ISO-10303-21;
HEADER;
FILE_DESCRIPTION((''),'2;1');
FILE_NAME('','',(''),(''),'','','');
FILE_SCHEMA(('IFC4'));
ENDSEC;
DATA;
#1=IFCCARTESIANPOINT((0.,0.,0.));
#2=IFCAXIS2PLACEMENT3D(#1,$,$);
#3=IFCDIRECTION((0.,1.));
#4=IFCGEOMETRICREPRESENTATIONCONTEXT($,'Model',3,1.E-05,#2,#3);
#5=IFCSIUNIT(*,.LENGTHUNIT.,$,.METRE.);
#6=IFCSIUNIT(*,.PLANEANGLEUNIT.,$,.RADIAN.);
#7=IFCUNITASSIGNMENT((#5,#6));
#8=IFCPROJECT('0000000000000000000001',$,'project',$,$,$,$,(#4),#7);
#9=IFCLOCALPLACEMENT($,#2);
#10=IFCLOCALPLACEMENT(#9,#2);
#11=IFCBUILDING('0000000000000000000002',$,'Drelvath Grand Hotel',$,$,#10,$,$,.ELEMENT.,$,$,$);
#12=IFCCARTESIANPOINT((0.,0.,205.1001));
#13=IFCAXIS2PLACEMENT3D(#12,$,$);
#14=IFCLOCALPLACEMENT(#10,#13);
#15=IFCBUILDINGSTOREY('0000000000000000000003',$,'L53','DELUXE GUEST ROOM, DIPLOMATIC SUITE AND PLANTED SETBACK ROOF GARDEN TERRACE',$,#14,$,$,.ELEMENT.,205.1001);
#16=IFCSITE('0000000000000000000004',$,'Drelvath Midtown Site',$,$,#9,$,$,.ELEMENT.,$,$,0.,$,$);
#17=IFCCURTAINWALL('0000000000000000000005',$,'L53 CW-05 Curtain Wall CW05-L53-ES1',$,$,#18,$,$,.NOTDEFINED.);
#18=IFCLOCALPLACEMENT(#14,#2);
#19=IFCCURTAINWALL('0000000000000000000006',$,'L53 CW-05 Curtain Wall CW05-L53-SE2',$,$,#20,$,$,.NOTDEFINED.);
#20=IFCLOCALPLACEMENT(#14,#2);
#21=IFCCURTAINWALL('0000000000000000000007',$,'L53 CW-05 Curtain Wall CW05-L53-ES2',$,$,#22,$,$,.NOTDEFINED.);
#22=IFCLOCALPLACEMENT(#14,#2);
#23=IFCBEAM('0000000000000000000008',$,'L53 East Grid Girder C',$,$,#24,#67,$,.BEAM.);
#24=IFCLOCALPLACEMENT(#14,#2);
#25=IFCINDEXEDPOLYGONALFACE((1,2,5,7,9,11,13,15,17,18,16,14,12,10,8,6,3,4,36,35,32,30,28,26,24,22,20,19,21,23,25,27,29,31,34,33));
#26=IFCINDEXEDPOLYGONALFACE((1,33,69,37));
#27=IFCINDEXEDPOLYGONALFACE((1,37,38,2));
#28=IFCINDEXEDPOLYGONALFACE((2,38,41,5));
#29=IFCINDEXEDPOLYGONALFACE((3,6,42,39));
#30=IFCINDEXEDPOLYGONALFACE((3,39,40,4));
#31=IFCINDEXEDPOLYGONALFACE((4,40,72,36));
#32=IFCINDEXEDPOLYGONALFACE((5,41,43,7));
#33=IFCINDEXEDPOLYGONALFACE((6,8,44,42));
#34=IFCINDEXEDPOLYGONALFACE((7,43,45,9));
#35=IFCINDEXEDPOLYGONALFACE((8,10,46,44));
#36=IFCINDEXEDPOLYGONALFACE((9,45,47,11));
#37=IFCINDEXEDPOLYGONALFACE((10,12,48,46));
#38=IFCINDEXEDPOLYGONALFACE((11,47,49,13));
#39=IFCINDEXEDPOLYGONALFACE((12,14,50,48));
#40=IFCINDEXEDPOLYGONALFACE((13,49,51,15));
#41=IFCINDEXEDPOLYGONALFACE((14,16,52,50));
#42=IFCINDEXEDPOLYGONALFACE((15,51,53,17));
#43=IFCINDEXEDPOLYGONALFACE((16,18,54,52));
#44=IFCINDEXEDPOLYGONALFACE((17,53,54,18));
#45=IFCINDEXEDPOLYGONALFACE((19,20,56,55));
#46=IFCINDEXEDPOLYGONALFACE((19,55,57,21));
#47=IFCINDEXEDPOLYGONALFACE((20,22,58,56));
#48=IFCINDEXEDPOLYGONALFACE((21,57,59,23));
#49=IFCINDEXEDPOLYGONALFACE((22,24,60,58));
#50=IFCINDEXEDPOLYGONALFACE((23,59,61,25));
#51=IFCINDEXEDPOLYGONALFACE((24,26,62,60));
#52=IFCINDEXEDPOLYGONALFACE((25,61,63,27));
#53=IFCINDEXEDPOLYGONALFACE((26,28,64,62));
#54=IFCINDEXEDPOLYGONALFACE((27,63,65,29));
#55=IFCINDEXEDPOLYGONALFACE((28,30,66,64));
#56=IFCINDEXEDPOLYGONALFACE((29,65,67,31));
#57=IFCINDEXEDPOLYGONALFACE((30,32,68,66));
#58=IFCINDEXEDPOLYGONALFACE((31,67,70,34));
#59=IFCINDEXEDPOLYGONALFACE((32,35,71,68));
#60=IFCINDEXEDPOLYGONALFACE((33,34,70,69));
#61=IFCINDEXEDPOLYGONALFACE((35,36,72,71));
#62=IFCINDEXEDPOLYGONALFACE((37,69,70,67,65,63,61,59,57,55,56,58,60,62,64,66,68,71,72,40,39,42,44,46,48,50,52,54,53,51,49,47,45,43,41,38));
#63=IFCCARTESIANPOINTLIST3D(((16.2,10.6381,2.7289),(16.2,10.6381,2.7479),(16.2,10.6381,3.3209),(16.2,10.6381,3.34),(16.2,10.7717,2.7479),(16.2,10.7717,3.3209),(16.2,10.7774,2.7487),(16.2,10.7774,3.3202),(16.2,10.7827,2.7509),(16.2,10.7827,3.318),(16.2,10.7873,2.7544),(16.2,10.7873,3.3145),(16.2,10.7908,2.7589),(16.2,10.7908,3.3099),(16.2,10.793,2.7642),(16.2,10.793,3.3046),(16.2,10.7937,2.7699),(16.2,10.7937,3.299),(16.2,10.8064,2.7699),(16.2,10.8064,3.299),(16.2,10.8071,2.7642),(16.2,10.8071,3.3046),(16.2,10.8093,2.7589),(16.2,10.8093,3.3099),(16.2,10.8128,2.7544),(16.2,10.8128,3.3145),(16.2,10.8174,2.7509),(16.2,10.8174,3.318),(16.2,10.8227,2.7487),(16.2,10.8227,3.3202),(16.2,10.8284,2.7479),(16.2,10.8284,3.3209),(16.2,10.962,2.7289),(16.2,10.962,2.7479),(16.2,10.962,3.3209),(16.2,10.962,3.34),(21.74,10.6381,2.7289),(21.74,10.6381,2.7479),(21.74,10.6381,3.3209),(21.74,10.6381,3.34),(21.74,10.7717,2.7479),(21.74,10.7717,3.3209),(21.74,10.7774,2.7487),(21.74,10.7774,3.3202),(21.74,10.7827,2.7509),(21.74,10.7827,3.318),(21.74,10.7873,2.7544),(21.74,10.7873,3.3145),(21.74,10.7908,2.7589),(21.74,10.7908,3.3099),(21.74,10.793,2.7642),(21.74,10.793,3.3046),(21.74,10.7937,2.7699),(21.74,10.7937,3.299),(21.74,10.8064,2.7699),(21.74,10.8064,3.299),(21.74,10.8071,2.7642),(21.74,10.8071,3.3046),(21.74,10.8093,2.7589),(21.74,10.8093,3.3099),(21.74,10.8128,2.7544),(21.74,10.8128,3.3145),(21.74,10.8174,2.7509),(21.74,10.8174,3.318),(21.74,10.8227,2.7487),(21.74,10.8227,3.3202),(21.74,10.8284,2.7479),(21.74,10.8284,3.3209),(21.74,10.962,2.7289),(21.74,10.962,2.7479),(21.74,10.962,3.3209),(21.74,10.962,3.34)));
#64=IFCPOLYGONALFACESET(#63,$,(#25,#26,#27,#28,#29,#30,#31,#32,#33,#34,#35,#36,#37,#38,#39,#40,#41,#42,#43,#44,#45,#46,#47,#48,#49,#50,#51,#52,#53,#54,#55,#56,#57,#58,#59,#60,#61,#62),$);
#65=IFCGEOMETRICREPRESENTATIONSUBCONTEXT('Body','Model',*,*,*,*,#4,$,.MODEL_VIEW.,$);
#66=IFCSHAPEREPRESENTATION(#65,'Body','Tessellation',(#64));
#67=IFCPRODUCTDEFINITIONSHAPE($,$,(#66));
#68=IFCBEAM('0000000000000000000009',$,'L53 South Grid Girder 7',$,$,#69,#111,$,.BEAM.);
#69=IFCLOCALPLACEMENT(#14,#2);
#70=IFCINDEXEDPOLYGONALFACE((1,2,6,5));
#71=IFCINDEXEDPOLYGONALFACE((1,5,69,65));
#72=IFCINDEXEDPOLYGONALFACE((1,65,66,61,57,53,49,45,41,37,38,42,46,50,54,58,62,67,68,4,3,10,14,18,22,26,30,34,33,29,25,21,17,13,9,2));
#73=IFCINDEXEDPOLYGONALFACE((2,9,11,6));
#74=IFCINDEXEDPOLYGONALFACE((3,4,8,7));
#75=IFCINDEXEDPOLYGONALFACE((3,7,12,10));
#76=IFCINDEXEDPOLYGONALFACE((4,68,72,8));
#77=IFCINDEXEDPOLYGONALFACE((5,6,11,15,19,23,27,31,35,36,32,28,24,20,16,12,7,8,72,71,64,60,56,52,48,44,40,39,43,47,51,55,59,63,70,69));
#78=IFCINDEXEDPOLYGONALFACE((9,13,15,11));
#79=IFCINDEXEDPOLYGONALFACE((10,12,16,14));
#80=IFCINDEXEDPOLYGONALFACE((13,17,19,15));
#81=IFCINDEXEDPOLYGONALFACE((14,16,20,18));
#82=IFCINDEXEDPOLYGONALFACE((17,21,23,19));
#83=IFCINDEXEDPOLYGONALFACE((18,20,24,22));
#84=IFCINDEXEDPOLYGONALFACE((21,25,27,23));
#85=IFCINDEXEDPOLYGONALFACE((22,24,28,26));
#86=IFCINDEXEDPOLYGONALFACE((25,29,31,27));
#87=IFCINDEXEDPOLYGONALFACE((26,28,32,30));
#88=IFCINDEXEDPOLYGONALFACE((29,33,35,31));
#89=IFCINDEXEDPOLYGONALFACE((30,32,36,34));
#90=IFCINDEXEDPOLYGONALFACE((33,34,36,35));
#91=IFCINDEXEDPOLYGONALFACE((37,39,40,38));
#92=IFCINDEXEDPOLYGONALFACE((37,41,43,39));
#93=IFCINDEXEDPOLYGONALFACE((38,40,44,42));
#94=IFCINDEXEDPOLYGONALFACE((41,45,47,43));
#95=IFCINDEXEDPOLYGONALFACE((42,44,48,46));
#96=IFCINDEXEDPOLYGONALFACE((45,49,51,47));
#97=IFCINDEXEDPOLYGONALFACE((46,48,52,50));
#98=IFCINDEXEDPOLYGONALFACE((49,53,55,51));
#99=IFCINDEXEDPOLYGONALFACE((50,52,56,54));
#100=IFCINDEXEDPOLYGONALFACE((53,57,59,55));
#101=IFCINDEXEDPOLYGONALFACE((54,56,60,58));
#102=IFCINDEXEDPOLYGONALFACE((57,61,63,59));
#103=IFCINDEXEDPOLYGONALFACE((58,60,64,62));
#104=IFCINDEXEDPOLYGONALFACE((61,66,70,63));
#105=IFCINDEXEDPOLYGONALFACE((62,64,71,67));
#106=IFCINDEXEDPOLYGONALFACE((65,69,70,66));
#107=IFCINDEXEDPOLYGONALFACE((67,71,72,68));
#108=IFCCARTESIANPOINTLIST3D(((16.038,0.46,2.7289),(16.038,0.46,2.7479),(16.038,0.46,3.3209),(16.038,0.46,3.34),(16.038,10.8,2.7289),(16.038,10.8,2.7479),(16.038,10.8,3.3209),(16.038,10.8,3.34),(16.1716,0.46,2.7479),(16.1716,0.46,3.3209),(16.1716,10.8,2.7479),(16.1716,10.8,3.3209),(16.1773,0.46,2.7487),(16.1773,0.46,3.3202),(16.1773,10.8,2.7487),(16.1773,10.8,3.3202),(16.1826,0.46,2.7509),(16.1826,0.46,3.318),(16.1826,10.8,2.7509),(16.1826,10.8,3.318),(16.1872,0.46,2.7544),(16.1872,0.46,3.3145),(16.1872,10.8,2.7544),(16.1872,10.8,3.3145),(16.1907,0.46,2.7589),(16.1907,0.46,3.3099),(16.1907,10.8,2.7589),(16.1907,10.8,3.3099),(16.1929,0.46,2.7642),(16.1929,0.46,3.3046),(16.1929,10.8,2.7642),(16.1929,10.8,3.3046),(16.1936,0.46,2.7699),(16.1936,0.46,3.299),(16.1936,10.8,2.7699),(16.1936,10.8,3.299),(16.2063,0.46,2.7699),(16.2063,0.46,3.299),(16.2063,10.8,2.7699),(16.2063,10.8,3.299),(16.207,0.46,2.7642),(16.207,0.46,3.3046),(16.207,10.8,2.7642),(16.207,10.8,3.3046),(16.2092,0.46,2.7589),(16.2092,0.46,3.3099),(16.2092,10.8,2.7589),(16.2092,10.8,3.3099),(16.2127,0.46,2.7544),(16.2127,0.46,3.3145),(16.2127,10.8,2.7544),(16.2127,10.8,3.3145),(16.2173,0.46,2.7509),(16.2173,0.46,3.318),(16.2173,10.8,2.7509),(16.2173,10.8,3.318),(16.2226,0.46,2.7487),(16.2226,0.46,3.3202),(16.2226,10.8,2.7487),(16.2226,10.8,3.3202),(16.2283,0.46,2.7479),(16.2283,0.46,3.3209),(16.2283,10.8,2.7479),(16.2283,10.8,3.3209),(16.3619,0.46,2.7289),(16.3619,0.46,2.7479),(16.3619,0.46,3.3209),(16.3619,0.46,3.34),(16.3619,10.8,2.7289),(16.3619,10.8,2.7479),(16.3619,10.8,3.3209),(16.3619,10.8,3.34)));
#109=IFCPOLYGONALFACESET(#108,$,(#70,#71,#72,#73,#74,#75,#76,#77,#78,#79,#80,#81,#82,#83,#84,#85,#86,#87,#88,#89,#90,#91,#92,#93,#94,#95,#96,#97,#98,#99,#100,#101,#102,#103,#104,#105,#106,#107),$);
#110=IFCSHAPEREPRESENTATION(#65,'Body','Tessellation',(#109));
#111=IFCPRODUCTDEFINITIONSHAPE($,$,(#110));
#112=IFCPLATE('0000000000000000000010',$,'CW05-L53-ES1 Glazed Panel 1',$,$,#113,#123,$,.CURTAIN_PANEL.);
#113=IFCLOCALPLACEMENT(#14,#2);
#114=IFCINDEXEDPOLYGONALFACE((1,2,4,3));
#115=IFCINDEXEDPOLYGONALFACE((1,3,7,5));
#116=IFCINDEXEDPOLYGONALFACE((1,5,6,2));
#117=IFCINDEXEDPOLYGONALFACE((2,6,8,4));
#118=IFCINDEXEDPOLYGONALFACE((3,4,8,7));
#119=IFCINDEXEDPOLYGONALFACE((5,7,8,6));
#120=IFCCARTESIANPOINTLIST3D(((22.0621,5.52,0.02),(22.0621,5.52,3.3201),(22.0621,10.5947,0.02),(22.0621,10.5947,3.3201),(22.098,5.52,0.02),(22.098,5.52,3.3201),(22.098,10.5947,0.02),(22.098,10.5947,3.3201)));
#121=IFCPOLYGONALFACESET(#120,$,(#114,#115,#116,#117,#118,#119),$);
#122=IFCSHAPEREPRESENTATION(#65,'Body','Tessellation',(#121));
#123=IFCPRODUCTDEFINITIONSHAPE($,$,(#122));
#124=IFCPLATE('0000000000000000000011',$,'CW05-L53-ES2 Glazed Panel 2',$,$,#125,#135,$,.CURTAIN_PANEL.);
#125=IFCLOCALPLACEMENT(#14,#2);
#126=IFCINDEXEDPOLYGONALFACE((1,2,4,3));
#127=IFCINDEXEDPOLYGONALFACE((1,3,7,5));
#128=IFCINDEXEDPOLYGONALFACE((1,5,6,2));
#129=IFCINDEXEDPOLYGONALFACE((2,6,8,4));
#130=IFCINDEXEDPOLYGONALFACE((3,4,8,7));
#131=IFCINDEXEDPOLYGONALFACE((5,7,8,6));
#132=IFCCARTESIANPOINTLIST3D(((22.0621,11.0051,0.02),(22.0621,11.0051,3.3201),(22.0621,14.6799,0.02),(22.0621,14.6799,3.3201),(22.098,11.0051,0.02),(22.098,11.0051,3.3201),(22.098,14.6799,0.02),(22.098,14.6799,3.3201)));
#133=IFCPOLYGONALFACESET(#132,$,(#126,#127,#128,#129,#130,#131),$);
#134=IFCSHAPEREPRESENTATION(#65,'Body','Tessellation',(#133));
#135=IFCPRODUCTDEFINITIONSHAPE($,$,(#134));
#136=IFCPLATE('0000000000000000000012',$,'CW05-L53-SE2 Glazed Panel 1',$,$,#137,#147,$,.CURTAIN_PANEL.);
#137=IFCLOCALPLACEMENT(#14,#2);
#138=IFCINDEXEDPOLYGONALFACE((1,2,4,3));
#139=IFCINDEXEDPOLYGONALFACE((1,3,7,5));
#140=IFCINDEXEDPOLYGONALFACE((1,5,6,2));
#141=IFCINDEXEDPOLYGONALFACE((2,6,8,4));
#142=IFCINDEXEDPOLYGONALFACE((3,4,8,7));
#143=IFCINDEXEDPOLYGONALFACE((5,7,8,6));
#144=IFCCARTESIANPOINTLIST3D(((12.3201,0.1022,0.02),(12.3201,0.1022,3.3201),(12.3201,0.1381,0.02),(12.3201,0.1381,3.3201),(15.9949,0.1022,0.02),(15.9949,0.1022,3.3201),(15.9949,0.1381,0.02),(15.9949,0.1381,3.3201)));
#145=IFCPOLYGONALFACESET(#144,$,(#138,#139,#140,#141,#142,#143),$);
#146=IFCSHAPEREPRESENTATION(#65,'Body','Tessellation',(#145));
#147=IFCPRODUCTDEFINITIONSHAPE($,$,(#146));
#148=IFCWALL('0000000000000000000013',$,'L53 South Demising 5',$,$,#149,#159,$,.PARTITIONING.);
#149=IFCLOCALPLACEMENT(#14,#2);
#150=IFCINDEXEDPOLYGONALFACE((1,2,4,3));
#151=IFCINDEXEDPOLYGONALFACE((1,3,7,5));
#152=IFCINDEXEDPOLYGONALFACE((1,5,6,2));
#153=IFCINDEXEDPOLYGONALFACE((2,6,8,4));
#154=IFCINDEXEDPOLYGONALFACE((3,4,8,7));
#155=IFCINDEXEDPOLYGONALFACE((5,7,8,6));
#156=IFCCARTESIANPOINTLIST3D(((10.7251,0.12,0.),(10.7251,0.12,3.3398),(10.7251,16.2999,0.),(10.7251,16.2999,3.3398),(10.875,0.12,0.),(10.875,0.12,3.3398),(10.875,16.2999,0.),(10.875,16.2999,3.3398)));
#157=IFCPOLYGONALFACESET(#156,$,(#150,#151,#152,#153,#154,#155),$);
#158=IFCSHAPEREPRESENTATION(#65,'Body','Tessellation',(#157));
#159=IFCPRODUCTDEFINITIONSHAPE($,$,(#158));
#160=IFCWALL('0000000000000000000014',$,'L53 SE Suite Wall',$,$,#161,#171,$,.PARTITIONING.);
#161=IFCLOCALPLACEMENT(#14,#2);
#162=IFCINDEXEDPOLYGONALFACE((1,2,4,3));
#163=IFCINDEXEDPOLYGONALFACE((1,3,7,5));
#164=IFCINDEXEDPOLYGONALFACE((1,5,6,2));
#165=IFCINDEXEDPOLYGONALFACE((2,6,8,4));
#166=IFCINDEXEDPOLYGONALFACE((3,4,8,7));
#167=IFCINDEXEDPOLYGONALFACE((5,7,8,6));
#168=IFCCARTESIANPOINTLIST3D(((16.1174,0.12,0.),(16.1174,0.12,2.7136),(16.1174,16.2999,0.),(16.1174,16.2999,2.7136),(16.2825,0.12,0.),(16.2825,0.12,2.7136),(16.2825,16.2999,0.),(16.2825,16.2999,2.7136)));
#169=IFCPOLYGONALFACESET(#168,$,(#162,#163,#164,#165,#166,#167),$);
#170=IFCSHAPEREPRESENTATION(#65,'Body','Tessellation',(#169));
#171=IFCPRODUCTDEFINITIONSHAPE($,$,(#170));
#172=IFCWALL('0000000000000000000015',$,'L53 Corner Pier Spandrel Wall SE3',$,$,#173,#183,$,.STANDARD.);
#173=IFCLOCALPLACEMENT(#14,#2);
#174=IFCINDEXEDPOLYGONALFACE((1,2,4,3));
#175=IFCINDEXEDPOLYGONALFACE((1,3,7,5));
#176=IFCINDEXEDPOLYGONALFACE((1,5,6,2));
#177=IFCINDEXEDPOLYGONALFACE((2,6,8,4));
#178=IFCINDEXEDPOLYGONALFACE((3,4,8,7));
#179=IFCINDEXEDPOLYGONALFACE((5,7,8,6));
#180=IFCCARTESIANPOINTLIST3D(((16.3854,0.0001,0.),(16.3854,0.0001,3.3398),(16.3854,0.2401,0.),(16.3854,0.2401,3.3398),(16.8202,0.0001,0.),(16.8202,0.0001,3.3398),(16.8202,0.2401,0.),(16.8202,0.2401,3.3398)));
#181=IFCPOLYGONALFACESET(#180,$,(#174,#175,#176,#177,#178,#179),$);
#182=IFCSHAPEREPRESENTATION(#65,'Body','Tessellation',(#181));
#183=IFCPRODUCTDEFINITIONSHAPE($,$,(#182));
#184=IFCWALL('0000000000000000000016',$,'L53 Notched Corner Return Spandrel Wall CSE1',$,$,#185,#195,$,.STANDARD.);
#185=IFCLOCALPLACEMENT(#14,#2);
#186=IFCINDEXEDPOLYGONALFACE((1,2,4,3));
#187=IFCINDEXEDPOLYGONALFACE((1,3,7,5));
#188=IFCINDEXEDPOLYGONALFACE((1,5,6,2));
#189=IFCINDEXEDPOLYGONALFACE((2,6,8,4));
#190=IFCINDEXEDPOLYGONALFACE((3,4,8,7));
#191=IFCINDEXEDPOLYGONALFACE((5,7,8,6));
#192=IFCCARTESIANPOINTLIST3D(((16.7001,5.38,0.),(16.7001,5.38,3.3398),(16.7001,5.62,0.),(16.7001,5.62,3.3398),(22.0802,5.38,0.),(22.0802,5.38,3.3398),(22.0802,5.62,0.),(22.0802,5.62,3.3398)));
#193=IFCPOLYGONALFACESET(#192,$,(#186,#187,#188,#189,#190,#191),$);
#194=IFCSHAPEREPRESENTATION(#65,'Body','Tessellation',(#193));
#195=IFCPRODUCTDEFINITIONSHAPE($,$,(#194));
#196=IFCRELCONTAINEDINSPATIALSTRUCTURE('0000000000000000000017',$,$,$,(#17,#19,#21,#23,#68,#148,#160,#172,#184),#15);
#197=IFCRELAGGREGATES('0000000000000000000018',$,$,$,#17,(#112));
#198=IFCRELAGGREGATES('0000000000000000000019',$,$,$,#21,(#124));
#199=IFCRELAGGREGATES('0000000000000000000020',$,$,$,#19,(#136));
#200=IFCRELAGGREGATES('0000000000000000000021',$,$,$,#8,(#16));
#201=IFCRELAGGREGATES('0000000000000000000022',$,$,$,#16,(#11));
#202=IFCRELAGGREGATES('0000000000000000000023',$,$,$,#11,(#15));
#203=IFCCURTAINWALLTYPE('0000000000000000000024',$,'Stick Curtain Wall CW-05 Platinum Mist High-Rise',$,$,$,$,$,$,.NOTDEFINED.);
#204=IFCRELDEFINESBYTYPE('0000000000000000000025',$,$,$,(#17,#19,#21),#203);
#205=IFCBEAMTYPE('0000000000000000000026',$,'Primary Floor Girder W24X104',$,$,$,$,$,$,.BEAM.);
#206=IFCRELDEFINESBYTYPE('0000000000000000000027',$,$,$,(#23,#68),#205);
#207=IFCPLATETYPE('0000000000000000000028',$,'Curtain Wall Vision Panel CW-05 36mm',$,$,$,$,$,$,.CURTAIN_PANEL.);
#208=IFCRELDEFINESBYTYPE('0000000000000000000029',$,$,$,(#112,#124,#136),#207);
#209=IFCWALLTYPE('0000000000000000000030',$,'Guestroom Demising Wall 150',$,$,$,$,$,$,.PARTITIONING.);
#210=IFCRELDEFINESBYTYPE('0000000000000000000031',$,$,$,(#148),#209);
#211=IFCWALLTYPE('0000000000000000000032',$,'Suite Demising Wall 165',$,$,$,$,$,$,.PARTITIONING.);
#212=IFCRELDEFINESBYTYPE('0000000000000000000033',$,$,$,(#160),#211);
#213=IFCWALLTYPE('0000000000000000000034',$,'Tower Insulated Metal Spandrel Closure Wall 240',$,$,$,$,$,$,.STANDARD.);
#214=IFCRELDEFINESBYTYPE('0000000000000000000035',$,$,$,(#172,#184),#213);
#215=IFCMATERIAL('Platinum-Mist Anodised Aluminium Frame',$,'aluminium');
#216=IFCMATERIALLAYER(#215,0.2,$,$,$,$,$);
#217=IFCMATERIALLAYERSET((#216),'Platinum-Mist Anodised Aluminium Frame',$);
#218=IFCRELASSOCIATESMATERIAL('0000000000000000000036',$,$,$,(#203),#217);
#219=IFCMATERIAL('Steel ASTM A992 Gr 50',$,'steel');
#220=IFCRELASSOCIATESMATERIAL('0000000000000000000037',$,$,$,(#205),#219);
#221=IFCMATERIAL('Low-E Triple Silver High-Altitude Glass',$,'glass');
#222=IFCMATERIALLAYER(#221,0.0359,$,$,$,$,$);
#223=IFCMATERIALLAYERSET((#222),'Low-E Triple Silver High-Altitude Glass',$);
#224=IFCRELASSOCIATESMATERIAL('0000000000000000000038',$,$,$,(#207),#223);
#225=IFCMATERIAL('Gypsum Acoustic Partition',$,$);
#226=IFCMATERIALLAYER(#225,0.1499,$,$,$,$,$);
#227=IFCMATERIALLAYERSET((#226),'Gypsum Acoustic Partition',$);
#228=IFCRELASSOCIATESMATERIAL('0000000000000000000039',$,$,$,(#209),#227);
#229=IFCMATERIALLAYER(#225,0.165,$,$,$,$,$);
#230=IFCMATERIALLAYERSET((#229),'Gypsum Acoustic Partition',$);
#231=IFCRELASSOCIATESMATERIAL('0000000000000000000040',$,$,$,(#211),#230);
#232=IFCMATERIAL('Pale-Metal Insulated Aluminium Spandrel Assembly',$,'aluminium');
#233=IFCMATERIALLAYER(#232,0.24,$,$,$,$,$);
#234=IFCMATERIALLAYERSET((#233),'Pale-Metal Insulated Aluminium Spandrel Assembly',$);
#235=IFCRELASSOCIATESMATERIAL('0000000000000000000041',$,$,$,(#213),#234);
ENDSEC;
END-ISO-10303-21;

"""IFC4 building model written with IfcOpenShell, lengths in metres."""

from ifc_helpers import new_model, si_unit, direction, frame, frame_2d, origin, origin_2d, place, context, subcontext, project, spatial, rectangle, i_section, extrude, material, layer, layer_set, material_profile, profile_set, type_object, element, aggregate, save


model = new_model("IFC4")

# Units and contexts
model_context = context("Model", 3, precision=1e-05, world=origin(), true_north=direction((0.0, 1.0)))
body_context = subcontext(model_context, "Body", "Model", "MODEL_VIEW")
ifc_project = project(units=[si_unit("LENGTHUNIT", "METRE"), si_unit("PLANEANGLEUNIT", "RADIAN")], contexts=[model_context])

# Site, building, storey
site_placement = place(None, origin())
site = spatial("IfcSite", under=ifc_project, at=site_placement, Name="Drelvath Midtown Site", CompositionType="ELEMENT", RefElevation=0.0)
building_placement = place(site_placement, origin())
building = spatial("IfcBuilding", under=site, at=building_placement, Name="Drelvath Grand Hotel", CompositionType="ELEMENT")
storey_placement = place(building_placement, frame((0.0, 0.0, 205.1001)))
storey = spatial("IfcBuildingStorey", under=building, at=storey_placement, Name="L53", Description="DELUXE GUEST ROOM, DIPLOMATIC SUITE AND PLANTED SETBACK ROOF GARDEN TERRACE", CompositionType="ELEMENT", Elevation=205.1001)

# Shared definitions
ifc_material_1 = material(Name="Steel ASTM A992 Gr 50", Category="steel")

# Curtain walls
ifc_material_2 = material(Name="Platinum-Mist Anodised Aluminium Frame", Category="aluminium")
ifc_layer_1 = layer(ifc_material_2, 0.2)
ifc_layer_set_1 = layer_set([ifc_layer_1], Name="Platinum-Mist Anodised Aluminium Frame")
curtain_wall_type = type_object("IfcCurtainWallType", Name="Stick Curtain Wall CW-05 Platinum Mist High-Rise", PredefinedType="NOTDEFINED", material=ifc_layer_set_1)
curtain_wall_1_placement = place(storey_placement, origin())
curtain_wall_1 = element("IfcCurtainWall", 1, at=curtain_wall_1_placement, inside=storey, type_object=curtain_wall_type, Name="L53 CW-05 Curtain Wall CW05-L53-ES1", PredefinedType="NOTDEFINED")
curtain_wall_2_placement = place(storey_placement, origin())
curtain_wall_2 = element("IfcCurtainWall", 2, at=curtain_wall_2_placement, inside=storey, type_object=curtain_wall_type, Name="L53 CW-05 Curtain Wall CW05-L53-SE2", PredefinedType="NOTDEFINED")

# Curtain wall
curtain_wall_3_placement = place(storey_placement, origin())
curtain_wall_3 = element("IfcCurtainWall", 3, at=curtain_wall_3_placement, inside=storey, type_object=curtain_wall_type, Name="L53 CW-05 Curtain Wall CW05-L53-ES2", PredefinedType="NOTDEFINED")

# Beams
ifc_material_profile_1 = material_profile(ifc_material_1, i_section(OverallWidth=0.324, OverallDepth=0.6111, WebThickness=0.0127, FlangeThickness=0.019, FilletRadius=0.022, at=origin_2d()), Name="W24X104")
ifc_profile_set_1 = profile_set([ifc_material_profile_1], Name="Steel ASTM A992 Gr 50")
beam_type_1 = type_object("IfcBeamType", Name="Primary Floor Girder W24X104", PredefinedType="BEAM", material=ifc_profile_set_1)
beam_1_placement = place(storey_placement, frame((16.2, 10.8, 3.0344), z_axis=(1.0, 0.0, 0.0), x_axis=(0.0, 1.0, 0.0)))
element("IfcBeam", 4, at=beam_1_placement, inside=storey, type_object=beam_type_1, Name="L53 East Grid Girder C", PredefinedType="BEAM", context=body_context, shape_type="SweptSolid", body=[
    extrude(i_section(OverallWidth=0.324, OverallDepth=0.6111, WebThickness=0.0127, FlangeThickness=0.019, FilletRadius=0.022, at=origin_2d()), origin(), (0.0, 0.0, 1.0), 5.54),
])
beam_2_placement = place(storey_placement, frame((16.2, 0.46, 3.0344), z_axis=(0.0, 1.0, 0.0), x_axis=(-1.0, 0.0, 0.0)))
element("IfcBeam", 5, at=beam_2_placement, inside=storey, type_object=beam_type_1, Name="L53 South Grid Girder 7", PredefinedType="BEAM", context=body_context, shape_type="SweptSolid", body=[
    extrude(i_section(OverallWidth=0.324, OverallDepth=0.6111, WebThickness=0.0127, FlangeThickness=0.019, FilletRadius=0.022, at=origin_2d()), origin(), (0.0, 0.0, 1.0), 10.3401),
])

# Plates
ifc_material_3 = material(Name="Low-E Triple Silver High-Altitude Glass", Category="glass")
ifc_layer_2 = layer(ifc_material_3, 0.0359)
ifc_layer_set_2 = layer_set([ifc_layer_2], Name="Low-E Triple Silver High-Altitude Glass")
plate_type = type_object("IfcPlateType", Name="Curtain Wall Vision Panel CW-05 36mm", PredefinedType="CURTAIN_PANEL", material=ifc_layer_set_2)
plate_1_placement = place(storey_placement, frame((22.0801, 8.0574, 0.02), z_axis=(0.0, 0.0, 1.0), x_axis=(0.0, -1.0, 0.0)))
plate_1 = element("IfcPlate", 6, at=plate_1_placement, type_object=plate_type, Name="CW05-L53-ES1 Glazed Panel 1", PredefinedType="CURTAIN_PANEL", context=body_context, shape_type="SweptSolid", body=[
    extrude(rectangle(XDim=5.0747, YDim=0.0359, at=origin_2d()), origin(), (0.0, 0.0, 1.0), 3.3),
])
aggregate(curtain_wall_1, [plate_1])
plate_2_placement = place(storey_placement, frame((22.0801, 12.8425, 0.02), z_axis=(0.0, 0.0, 1.0), x_axis=(0.0, -1.0, 0.0)))
plate_2 = element("IfcPlate", 7, at=plate_2_placement, type_object=plate_type, Name="CW05-L53-ES2 Glazed Panel 2", PredefinedType="CURTAIN_PANEL", context=body_context, shape_type="SweptSolid", body=[
    extrude(rectangle(XDim=3.6748, YDim=0.0359, at=origin_2d()), origin(), (0.0, 0.0, 1.0), 3.3),
])
aggregate(curtain_wall_3, [plate_2])
plate_3_placement = place(storey_placement, frame((14.1575, 0.1201, 0.02), z_axis=(0.0, 0.0, 1.0), x_axis=(-1.0, 0.0, 0.0)))
plate_3 = element("IfcPlate", 8, at=plate_3_placement, type_object=plate_type, Name="CW05-L53-SE2 Glazed Panel 1", PredefinedType="CURTAIN_PANEL", context=body_context, shape_type="SweptSolid", body=[
    extrude(rectangle(XDim=3.6748, YDim=0.0359, at=origin_2d()), origin(), (0.0, 0.0, 1.0), 3.3),
])
aggregate(curtain_wall_2, [plate_3])

# Walls
ifc_material_4 = material(Name="Gypsum Acoustic Partition")
ifc_layer_3 = layer(ifc_material_4, 0.1499)
ifc_layer_set_3 = layer_set([ifc_layer_3], Name="Gypsum Acoustic Partition")
wall_type_1 = type_object("IfcWallType", Name="Guestroom Demising Wall 150", PredefinedType="PARTITIONING", material=ifc_layer_set_3)
wall_1_placement = place(storey_placement, frame((10.8, 0.1201, 0.0), z_axis=(0.0, 0.0, 1.0), x_axis=(0.0, 1.0, 0.0)))
element("IfcWall", 9, at=wall_1_placement, inside=storey, type_object=wall_type_1, Name="L53 South Demising 5", PredefinedType="PARTITIONING", context=body_context, shape_type="SweptSolid", body=[
    extrude(rectangle(XDim=16.1799, YDim=0.1499, at=frame_2d((8.0898, 0.0))), origin(), (0.0, 0.0, 1.0), 3.3398),
])
ifc_layer_4 = layer(ifc_material_4, 0.165)
ifc_layer_set_4 = layer_set([ifc_layer_4], Name="Gypsum Acoustic Partition")
wall_type_2 = type_object("IfcWallType", Name="Suite Demising Wall 165", PredefinedType="PARTITIONING", material=ifc_layer_set_4)
wall_2_placement = place(storey_placement, frame((16.2, 0.1201, 0.0), z_axis=(0.0, 0.0, 1.0), x_axis=(0.0, 1.0, 0.0)))
element("IfcWall", 10, at=wall_2_placement, inside=storey, type_object=wall_type_2, Name="L53 SE Suite Wall", PredefinedType="PARTITIONING", context=body_context, shape_type="SweptSolid", body=[
    extrude(rectangle(XDim=16.1799, YDim=0.165, at=frame_2d((8.0898, 0.0))), origin(), (0.0, 0.0, 1.0), 2.7136),
])
ifc_material_5 = material(Name="Pale-Metal Insulated Aluminium Spandrel Assembly", Category="aluminium")
ifc_layer_5 = layer(ifc_material_5, 0.24)
ifc_layer_set_5 = layer_set([ifc_layer_5], Name="Pale-Metal Insulated Aluminium Spandrel Assembly")
wall_type_3 = type_object("IfcWallType", Name="Tower Insulated Metal Spandrel Closure Wall 240", PredefinedType="STANDARD", material=ifc_layer_set_5)
wall_3_placement = place(storey_placement, frame((16.8201, 0.1201, 0.0), z_axis=(0.0, 0.0, 1.0), x_axis=(-1.0, 0.0, 0.0)))
element("IfcWall", 11, at=wall_3_placement, inside=storey, type_object=wall_type_3, Name="L53 Corner Pier Spandrel Wall SE3", PredefinedType="STANDARD", context=body_context, shape_type="SweptSolid", body=[
    extrude(rectangle(XDim=0.4348, YDim=0.24, at=frame_2d((0.2173, 0.0))), origin(), (0.0, 0.0, 1.0), 3.3398),
])
wall_4_placement = place(storey_placement, frame((22.0801, 5.5, 0.0), z_axis=(0.0, 0.0, 1.0), x_axis=(-1.0, 0.0, 0.0)))
element("IfcWall", 12, at=wall_4_placement, inside=storey, type_object=wall_type_3, Name="L53 Notched Corner Return Spandrel Wall CSE1", PredefinedType="STANDARD", context=body_context, shape_type="SweptSolid", body=[
    extrude(rectangle(XDim=5.3801, YDim=0.24, at=frame_2d((2.6899, 0.0))), origin(), (0.0, 0.0, 1.0), 3.3398),
])

save(model, "model.ifc")
